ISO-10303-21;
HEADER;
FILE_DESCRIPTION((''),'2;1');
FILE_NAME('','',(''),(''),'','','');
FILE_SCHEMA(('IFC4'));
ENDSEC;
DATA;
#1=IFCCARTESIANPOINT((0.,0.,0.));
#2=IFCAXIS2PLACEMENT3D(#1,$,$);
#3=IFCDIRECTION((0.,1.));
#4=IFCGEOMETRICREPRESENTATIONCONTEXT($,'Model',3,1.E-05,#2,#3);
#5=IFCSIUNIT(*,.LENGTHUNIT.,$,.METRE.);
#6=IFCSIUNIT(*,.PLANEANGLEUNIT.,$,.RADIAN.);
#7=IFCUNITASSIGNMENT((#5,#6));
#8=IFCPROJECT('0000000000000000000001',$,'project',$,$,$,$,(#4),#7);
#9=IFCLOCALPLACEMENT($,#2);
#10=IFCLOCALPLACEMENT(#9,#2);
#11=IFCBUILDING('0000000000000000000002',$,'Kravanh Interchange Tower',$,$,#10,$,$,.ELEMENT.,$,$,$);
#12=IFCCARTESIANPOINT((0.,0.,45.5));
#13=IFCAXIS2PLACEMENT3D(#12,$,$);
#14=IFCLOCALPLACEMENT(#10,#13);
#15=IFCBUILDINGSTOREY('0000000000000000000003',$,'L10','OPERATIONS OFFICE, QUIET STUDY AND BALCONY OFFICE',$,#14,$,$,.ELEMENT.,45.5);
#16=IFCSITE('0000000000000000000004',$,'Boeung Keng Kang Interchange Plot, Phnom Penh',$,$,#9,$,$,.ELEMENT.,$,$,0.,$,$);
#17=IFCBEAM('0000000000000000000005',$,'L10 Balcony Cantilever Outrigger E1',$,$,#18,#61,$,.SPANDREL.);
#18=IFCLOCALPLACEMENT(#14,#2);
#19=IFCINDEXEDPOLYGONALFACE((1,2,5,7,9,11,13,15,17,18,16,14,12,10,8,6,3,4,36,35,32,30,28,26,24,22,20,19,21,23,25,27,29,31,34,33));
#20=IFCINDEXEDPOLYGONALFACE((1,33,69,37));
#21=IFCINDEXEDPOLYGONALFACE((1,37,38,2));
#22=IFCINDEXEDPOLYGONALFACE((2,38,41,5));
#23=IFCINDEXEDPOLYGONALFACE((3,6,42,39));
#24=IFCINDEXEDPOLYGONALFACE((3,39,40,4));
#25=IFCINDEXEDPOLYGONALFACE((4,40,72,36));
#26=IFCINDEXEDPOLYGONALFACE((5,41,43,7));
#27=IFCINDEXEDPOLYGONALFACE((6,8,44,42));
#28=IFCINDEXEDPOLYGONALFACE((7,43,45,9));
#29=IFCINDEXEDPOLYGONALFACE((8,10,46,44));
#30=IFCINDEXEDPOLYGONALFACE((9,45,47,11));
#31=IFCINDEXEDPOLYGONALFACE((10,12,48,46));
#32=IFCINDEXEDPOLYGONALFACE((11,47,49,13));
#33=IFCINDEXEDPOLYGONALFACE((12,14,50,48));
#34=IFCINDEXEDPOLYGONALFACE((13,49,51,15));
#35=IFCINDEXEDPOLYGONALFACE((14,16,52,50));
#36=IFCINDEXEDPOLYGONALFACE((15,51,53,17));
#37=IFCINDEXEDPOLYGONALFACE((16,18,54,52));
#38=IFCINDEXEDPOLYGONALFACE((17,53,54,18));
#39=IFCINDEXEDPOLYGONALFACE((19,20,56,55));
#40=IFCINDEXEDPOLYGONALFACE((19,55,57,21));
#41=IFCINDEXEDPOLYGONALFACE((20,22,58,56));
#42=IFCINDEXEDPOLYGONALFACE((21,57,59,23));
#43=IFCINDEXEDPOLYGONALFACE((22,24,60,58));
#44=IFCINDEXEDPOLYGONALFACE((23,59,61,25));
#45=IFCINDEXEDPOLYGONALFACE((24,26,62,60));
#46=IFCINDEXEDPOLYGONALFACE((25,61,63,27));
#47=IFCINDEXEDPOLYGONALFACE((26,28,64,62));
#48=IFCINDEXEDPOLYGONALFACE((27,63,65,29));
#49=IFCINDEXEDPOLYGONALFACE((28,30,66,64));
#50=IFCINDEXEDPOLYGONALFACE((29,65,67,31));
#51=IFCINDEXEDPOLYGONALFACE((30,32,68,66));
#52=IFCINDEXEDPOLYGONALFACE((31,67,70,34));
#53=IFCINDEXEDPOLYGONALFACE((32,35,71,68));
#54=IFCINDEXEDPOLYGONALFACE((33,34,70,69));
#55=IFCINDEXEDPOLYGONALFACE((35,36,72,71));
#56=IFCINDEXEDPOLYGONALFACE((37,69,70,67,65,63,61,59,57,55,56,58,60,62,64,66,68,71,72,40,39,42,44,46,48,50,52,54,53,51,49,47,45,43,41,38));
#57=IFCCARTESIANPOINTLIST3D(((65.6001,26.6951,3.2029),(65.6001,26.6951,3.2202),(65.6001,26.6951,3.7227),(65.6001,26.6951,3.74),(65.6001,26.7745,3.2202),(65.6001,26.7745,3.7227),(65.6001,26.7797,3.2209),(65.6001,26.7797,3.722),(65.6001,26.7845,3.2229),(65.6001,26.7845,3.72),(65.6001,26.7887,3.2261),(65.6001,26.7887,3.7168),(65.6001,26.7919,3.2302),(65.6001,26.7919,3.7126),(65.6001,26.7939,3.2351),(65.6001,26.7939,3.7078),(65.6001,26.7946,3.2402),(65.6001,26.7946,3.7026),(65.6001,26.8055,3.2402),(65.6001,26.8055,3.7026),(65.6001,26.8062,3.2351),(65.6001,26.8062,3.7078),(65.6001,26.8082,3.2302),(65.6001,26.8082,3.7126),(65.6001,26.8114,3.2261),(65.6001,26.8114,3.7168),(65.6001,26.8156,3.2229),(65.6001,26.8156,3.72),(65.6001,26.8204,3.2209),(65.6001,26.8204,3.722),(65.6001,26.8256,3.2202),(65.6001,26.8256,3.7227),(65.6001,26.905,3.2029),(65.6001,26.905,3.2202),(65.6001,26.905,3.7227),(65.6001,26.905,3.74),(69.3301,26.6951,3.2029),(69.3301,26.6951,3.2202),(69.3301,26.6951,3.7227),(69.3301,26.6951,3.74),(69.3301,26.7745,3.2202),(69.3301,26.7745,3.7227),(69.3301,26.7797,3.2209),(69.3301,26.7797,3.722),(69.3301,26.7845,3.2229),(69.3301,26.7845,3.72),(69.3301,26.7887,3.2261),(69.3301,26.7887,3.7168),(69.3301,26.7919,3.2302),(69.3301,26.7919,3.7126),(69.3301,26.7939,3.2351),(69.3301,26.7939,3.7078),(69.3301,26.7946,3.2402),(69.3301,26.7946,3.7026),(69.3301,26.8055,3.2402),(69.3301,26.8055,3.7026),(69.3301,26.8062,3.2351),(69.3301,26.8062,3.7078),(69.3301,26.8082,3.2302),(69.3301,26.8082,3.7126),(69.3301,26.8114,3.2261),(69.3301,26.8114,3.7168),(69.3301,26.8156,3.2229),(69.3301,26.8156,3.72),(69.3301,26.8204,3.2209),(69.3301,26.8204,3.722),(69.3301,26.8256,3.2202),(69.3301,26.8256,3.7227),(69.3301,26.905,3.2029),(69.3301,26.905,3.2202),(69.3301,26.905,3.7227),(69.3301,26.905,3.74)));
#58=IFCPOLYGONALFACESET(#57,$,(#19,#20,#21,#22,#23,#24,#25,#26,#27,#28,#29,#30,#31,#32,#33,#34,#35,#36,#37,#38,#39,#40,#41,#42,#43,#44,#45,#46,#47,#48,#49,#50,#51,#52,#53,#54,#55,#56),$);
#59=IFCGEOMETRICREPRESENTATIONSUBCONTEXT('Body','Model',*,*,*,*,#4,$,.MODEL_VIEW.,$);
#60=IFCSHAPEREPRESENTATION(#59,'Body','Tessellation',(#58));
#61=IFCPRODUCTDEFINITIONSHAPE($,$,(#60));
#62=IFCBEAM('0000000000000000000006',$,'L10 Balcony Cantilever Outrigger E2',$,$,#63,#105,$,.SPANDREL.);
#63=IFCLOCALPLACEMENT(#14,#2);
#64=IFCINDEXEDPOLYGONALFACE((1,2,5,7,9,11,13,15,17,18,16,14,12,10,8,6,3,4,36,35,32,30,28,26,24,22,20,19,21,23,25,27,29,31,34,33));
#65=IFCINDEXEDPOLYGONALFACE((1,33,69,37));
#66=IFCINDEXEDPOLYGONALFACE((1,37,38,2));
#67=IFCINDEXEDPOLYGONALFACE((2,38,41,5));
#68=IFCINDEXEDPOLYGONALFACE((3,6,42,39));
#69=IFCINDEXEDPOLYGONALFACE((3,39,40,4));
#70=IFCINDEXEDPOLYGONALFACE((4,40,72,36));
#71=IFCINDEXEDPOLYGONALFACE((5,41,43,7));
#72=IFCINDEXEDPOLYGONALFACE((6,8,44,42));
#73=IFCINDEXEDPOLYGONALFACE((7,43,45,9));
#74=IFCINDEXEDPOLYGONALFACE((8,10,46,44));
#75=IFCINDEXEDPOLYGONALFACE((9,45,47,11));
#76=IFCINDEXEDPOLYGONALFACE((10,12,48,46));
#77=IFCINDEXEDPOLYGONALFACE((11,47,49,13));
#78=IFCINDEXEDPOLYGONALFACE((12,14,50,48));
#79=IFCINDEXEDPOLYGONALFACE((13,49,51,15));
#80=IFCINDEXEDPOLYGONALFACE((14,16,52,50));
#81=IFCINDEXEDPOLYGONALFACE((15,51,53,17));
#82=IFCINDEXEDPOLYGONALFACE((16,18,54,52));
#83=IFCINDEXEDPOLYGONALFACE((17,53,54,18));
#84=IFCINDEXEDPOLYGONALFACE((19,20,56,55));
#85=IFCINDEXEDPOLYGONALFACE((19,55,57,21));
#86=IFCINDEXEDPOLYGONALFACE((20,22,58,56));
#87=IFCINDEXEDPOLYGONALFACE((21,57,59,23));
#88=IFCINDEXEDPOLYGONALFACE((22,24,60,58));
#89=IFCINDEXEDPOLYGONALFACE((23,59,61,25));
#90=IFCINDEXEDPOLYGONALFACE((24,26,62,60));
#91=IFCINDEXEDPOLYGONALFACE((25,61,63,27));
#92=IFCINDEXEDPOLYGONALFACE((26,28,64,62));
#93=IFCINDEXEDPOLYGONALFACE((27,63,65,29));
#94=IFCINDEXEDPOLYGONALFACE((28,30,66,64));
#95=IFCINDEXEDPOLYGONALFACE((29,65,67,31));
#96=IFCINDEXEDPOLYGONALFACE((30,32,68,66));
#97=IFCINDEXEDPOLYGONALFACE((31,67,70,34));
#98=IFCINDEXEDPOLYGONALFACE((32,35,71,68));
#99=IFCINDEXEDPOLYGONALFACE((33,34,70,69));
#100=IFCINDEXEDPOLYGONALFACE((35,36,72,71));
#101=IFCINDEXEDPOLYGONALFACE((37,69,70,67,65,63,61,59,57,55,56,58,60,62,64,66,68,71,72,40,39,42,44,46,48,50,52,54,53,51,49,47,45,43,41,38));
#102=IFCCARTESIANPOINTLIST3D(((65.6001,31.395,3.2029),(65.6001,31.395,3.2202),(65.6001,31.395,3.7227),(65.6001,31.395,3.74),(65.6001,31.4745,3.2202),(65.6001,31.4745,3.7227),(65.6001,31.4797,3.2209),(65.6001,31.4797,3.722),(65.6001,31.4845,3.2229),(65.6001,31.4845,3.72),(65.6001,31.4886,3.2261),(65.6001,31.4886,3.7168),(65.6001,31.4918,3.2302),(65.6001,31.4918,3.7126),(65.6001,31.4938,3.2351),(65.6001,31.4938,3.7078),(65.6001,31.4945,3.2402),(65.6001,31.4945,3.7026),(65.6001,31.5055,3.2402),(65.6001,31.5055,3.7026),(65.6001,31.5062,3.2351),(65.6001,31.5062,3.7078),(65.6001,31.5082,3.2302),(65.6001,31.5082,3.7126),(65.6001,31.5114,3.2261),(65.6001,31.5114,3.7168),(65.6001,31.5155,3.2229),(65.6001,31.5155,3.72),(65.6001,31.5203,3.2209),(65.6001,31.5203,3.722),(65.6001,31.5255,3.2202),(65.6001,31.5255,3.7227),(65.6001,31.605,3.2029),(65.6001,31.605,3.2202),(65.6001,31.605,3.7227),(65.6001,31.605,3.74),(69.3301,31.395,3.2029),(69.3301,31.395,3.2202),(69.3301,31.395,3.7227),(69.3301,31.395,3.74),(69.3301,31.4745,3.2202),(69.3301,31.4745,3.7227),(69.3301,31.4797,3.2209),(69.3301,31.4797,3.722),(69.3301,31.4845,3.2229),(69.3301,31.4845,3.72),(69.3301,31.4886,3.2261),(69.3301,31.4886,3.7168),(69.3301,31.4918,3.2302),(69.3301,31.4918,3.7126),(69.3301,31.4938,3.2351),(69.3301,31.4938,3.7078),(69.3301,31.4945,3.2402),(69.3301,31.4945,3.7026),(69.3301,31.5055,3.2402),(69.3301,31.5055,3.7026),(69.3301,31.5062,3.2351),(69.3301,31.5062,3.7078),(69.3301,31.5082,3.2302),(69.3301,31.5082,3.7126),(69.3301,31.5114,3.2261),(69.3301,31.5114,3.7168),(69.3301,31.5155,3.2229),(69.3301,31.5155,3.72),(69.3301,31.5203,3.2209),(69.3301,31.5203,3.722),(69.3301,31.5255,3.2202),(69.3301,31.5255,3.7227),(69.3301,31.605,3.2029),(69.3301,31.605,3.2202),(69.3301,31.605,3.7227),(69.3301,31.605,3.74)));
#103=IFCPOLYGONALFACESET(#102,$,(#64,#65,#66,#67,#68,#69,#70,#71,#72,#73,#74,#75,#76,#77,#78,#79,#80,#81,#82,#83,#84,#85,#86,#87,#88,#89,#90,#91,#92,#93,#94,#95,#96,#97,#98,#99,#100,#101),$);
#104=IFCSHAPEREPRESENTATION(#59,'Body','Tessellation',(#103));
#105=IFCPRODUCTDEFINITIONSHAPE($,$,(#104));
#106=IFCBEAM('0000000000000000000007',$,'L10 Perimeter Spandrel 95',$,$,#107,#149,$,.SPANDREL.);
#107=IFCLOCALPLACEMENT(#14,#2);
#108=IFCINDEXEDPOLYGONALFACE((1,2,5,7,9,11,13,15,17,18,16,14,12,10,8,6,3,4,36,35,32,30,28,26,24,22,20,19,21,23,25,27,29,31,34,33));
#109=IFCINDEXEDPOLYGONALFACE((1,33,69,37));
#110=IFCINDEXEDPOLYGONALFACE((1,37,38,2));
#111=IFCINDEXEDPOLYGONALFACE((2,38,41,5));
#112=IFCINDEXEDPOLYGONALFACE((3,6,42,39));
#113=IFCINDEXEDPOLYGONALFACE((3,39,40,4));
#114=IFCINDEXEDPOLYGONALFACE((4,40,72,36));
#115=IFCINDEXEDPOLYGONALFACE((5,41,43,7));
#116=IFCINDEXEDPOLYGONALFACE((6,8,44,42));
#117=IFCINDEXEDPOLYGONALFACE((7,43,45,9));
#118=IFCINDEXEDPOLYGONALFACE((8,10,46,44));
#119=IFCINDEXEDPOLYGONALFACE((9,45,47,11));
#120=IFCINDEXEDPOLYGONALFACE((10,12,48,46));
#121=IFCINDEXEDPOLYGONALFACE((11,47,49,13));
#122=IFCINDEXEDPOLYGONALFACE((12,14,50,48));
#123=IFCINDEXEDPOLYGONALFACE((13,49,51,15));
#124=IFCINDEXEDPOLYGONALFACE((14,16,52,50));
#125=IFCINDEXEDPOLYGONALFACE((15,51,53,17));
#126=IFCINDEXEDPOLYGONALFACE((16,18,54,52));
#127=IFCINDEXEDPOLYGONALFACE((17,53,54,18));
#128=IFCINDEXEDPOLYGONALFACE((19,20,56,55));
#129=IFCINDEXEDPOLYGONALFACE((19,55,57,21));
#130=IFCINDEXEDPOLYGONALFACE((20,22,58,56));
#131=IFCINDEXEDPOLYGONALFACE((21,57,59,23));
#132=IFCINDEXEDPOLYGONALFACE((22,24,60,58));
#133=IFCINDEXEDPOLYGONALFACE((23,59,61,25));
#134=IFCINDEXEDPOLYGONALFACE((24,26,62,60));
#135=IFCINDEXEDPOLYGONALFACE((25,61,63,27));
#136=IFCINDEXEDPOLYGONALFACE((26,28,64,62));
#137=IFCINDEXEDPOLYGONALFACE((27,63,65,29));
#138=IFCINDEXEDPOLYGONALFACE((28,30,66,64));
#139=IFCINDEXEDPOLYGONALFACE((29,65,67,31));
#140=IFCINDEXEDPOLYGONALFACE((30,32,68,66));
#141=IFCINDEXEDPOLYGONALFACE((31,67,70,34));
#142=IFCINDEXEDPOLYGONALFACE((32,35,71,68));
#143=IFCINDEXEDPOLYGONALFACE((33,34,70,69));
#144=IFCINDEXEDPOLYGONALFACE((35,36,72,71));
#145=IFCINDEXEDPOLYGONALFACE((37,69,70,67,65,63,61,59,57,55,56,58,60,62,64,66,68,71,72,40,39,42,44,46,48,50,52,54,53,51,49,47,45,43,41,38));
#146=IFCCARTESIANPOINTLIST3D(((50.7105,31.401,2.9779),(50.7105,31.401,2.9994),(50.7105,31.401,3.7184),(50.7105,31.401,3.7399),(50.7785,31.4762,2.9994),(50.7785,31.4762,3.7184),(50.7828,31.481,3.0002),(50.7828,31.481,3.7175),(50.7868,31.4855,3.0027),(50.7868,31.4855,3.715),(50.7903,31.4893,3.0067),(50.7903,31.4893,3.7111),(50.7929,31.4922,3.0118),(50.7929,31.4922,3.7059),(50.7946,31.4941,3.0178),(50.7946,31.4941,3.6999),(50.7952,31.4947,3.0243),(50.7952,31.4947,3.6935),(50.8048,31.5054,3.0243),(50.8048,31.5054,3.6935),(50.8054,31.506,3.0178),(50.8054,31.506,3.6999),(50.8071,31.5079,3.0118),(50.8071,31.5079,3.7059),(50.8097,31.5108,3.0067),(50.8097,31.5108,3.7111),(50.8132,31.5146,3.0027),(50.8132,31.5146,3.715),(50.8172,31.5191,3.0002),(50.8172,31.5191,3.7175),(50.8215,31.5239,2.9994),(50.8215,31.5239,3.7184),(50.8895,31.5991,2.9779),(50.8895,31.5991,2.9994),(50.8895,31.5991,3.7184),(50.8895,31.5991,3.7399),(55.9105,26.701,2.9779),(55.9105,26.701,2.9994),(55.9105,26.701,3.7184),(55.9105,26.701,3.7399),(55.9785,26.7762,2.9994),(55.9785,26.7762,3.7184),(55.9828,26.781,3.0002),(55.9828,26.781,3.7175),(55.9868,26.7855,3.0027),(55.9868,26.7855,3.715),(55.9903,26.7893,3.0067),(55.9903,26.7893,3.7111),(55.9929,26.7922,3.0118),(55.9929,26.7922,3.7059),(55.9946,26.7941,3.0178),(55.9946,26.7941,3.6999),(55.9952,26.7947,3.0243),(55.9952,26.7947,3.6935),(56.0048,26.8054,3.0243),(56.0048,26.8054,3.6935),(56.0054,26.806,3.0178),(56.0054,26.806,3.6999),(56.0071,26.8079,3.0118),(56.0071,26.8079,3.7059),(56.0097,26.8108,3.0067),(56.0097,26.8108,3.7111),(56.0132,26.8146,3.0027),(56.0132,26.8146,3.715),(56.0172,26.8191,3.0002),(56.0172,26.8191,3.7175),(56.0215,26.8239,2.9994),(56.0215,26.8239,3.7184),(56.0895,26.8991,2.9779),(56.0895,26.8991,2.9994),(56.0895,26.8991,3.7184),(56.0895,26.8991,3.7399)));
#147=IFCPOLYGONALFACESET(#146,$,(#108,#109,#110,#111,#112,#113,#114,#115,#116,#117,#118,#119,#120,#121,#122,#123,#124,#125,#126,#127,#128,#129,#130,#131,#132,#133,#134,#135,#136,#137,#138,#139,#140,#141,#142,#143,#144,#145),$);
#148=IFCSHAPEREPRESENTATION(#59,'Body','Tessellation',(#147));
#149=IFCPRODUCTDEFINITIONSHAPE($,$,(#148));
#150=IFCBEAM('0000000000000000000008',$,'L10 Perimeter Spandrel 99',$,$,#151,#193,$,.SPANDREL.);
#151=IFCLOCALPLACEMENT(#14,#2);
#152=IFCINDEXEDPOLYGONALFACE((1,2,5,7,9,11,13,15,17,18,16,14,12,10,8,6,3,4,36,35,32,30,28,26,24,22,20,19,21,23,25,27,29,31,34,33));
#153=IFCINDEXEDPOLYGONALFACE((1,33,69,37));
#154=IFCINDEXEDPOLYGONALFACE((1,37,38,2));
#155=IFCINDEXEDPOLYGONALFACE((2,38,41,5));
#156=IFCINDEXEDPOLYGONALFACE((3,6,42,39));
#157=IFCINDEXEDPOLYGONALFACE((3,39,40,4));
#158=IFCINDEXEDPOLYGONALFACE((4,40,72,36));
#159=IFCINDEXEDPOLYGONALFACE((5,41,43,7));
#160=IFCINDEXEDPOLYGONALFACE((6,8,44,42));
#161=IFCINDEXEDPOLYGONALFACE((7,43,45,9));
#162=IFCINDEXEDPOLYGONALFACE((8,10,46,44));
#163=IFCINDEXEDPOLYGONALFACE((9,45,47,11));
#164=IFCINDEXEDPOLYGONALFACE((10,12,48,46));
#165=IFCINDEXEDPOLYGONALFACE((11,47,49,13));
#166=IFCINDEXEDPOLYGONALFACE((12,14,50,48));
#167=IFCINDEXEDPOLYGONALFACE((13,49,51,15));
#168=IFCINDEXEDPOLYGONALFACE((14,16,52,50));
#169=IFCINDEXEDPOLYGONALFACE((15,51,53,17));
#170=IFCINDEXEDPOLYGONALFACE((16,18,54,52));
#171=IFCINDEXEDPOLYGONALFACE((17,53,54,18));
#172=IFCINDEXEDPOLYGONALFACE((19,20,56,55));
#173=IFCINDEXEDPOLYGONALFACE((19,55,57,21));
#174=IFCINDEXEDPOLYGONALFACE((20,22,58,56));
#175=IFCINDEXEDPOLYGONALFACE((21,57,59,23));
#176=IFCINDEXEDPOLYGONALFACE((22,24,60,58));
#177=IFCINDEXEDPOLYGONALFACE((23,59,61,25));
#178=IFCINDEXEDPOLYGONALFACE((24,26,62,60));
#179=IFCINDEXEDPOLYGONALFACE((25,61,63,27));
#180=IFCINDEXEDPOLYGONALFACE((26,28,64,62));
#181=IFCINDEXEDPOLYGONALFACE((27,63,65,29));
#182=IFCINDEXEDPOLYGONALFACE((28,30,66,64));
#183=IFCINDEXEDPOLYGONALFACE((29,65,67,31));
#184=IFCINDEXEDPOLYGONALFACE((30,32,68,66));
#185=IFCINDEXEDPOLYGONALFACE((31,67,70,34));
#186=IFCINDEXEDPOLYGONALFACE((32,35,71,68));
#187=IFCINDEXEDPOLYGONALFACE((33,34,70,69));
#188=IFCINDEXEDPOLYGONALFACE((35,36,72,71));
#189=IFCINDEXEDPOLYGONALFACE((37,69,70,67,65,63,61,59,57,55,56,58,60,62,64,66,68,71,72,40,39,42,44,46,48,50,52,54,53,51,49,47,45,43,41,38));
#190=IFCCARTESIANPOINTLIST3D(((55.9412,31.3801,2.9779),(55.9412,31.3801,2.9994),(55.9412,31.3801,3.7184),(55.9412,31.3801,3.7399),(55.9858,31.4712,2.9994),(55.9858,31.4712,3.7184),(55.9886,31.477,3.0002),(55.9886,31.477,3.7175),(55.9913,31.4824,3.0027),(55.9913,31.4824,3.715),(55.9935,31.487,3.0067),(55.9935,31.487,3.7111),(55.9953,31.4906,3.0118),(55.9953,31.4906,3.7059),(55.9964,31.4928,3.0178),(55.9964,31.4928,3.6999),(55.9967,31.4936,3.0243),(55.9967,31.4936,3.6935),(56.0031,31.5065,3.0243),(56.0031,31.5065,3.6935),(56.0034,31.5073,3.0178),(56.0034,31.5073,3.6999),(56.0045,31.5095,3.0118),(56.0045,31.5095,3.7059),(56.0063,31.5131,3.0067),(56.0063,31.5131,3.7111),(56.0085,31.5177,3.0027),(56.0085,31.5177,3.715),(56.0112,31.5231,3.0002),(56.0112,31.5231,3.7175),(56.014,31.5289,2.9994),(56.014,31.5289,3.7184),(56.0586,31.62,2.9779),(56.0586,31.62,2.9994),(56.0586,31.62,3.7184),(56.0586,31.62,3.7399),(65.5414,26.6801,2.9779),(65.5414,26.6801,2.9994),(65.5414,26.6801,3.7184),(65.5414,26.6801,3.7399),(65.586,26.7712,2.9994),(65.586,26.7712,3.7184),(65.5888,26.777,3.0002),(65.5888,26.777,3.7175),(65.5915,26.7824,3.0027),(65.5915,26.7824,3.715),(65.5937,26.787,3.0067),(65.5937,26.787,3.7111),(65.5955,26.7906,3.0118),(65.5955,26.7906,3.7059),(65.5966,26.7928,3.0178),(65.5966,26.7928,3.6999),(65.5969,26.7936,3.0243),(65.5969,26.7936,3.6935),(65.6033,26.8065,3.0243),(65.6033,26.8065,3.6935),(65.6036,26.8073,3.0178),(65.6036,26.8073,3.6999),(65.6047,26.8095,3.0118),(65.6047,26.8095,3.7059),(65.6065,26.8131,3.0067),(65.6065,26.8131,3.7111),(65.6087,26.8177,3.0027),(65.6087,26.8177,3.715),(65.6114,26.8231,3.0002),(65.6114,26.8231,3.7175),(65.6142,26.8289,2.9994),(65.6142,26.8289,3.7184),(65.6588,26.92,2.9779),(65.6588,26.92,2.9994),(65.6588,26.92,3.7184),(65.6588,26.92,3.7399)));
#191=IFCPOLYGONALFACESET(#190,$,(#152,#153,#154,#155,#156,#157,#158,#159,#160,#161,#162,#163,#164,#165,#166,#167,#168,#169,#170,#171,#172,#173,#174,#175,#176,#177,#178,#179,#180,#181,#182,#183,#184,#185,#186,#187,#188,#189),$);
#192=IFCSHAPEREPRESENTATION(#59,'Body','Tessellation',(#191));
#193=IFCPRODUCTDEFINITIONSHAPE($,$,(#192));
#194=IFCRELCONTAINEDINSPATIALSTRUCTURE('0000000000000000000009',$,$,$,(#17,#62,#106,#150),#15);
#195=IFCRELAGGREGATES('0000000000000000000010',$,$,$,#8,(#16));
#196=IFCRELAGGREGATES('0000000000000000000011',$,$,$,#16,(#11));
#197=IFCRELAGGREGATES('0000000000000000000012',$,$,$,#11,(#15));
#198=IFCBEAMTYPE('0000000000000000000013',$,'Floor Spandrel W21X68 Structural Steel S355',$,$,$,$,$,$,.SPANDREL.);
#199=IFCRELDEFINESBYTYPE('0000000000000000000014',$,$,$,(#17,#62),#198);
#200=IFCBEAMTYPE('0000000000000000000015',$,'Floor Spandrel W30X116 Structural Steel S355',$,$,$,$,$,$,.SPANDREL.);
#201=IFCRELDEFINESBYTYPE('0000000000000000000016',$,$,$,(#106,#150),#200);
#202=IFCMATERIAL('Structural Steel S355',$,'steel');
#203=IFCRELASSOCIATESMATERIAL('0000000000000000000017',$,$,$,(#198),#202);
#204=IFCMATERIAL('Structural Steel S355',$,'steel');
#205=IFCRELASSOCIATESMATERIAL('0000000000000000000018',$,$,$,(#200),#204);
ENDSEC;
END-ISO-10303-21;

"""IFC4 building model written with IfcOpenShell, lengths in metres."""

from ifc_helpers import new_model, si_unit, direction, frame, origin, origin_2d, place, context, subcontext, project, spatial, i_section, extrude, material, material_profile, profile_set, type_object, element, save


model = new_model("IFC4")

# Units and contexts
model_context = context("Model", 3, precision=1e-05, world=origin(), true_north=direction((0.0, 1.0)))
body_context = subcontext(model_context, "Body", "Model", "MODEL_VIEW")
ifc_project = project(units=[si_unit("LENGTHUNIT", "METRE"), si_unit("PLANEANGLEUNIT", "RADIAN")], contexts=[model_context])

# Site, building, storey
site_placement = place(None, origin())
site = spatial("IfcSite", under=ifc_project, at=site_placement, Name="Boeung Keng Kang Interchange Plot, Phnom Penh", CompositionType="ELEMENT", RefElevation=0.0)
building_placement = place(site_placement, origin())
building = spatial("IfcBuilding", under=site, at=building_placement, Name="Kravanh Interchange Tower", CompositionType="ELEMENT")
storey_placement = place(building_placement, frame((0.0, 0.0, 45.5)))
storey = spatial("IfcBuildingStorey", under=building, at=storey_placement, Name="L10", Description="OPERATIONS OFFICE, QUIET STUDY AND BALCONY OFFICE", CompositionType="ELEMENT", Elevation=45.5)

# Beams
ifc_material_1 = material(Name="Structural Steel S355", Category="steel")
ifc_material_profile_1 = material_profile(ifc_material_1, i_section(OverallWidth=0.21, OverallDepth=0.5371, WebThickness=0.011, FlangeThickness=0.0173, FilletRadius=0.02, at=origin_2d()), Name="W21X68")
ifc_profile_set_1 = profile_set([ifc_material_profile_1], Name="Structural Steel S355")
beam_type_1 = type_object("IfcBeamType", Name="Floor Spandrel W21X68 Structural Steel S355", PredefinedType="SPANDREL", material=ifc_profile_set_1)
for number, where, z_axis, x_axis, name in (
    (1, (65.6001, 26.8, 3.4714), (1.0, 0.0, 0.0), (0.0, 1.0, 0.0), "L10 Balcony Cantilever Outrigger E1"),
    (2, (65.6001, 31.5, 3.4714), (1.0, 0.0, 0.0), (0.0, 1.0, 0.0), "L10 Balcony Cantilever Outrigger E2"),
):
    element("IfcBeam", number, at=place(storey_placement, frame(where, z_axis=z_axis, x_axis=x_axis)), inside=storey, type_object=beam_type_1, Name=name, PredefinedType="SPANDREL", context=body_context, shape_type="SweptSolid", body=[
        extrude(i_section(OverallWidth=0.21, OverallDepth=0.5371, WebThickness=0.011, FlangeThickness=0.0173, FilletRadius=0.02, at=origin_2d()), origin(), (0.0, 0.0, 1.0), 3.73),
    ])
ifc_material_2 = material(Name="Structural Steel S355", Category="steel")
ifc_material_profile_2 = material_profile(ifc_material_2, i_section(OverallWidth=0.2671, OverallDepth=0.762, WebThickness=0.0144, FlangeThickness=0.0215, FilletRadius=0.0249, at=origin_2d()), Name="W30X116")
ifc_profile_set_2 = profile_set([ifc_material_profile_2], Name="Structural Steel S355")
beam_type_2 = type_object("IfcBeamType", Name="Floor Spandrel W30X116 Structural Steel S355", PredefinedType="SPANDREL", material=ifc_profile_set_2)
beam_1_placement = place(storey_placement, frame((56.0, 26.8, 3.3589), z_axis=(-0.741874, 0.670539, 0.0), x_axis=(-0.670539, -0.741874, 0.0)))
element("IfcBeam", 3, at=beam_1_placement, inside=storey, type_object=beam_type_2, Name="L10 Perimeter Spandrel 95", PredefinedType="SPANDREL", context=body_context, shape_type="SweptSolid", body=[
    extrude(i_section(OverallWidth=0.2671, OverallDepth=0.762, WebThickness=0.0144, FlangeThickness=0.0215, FilletRadius=0.0249, at=origin_2d()), origin(), (0.0, 0.0, 1.0), 7.0093),
])
beam_2_placement = place(storey_placement, frame((65.6001, 26.8, 3.3589), z_axis=(-0.898142, 0.439706, 0.0), x_axis=(-0.439706, -0.898142, 0.0)))
element("IfcBeam", 4, at=beam_2_placement, inside=storey, type_object=beam_type_2, Name="L10 Perimeter Spandrel 99", PredefinedType="SPANDREL", context=body_context, shape_type="SweptSolid", body=[
    extrude(i_section(OverallWidth=0.2671, OverallDepth=0.762, WebThickness=0.0144, FlangeThickness=0.0215, FilletRadius=0.0249, at=origin_2d()), origin(), (0.0, 0.0, 1.0), 10.689),
])

save(model, "model.ifc")
